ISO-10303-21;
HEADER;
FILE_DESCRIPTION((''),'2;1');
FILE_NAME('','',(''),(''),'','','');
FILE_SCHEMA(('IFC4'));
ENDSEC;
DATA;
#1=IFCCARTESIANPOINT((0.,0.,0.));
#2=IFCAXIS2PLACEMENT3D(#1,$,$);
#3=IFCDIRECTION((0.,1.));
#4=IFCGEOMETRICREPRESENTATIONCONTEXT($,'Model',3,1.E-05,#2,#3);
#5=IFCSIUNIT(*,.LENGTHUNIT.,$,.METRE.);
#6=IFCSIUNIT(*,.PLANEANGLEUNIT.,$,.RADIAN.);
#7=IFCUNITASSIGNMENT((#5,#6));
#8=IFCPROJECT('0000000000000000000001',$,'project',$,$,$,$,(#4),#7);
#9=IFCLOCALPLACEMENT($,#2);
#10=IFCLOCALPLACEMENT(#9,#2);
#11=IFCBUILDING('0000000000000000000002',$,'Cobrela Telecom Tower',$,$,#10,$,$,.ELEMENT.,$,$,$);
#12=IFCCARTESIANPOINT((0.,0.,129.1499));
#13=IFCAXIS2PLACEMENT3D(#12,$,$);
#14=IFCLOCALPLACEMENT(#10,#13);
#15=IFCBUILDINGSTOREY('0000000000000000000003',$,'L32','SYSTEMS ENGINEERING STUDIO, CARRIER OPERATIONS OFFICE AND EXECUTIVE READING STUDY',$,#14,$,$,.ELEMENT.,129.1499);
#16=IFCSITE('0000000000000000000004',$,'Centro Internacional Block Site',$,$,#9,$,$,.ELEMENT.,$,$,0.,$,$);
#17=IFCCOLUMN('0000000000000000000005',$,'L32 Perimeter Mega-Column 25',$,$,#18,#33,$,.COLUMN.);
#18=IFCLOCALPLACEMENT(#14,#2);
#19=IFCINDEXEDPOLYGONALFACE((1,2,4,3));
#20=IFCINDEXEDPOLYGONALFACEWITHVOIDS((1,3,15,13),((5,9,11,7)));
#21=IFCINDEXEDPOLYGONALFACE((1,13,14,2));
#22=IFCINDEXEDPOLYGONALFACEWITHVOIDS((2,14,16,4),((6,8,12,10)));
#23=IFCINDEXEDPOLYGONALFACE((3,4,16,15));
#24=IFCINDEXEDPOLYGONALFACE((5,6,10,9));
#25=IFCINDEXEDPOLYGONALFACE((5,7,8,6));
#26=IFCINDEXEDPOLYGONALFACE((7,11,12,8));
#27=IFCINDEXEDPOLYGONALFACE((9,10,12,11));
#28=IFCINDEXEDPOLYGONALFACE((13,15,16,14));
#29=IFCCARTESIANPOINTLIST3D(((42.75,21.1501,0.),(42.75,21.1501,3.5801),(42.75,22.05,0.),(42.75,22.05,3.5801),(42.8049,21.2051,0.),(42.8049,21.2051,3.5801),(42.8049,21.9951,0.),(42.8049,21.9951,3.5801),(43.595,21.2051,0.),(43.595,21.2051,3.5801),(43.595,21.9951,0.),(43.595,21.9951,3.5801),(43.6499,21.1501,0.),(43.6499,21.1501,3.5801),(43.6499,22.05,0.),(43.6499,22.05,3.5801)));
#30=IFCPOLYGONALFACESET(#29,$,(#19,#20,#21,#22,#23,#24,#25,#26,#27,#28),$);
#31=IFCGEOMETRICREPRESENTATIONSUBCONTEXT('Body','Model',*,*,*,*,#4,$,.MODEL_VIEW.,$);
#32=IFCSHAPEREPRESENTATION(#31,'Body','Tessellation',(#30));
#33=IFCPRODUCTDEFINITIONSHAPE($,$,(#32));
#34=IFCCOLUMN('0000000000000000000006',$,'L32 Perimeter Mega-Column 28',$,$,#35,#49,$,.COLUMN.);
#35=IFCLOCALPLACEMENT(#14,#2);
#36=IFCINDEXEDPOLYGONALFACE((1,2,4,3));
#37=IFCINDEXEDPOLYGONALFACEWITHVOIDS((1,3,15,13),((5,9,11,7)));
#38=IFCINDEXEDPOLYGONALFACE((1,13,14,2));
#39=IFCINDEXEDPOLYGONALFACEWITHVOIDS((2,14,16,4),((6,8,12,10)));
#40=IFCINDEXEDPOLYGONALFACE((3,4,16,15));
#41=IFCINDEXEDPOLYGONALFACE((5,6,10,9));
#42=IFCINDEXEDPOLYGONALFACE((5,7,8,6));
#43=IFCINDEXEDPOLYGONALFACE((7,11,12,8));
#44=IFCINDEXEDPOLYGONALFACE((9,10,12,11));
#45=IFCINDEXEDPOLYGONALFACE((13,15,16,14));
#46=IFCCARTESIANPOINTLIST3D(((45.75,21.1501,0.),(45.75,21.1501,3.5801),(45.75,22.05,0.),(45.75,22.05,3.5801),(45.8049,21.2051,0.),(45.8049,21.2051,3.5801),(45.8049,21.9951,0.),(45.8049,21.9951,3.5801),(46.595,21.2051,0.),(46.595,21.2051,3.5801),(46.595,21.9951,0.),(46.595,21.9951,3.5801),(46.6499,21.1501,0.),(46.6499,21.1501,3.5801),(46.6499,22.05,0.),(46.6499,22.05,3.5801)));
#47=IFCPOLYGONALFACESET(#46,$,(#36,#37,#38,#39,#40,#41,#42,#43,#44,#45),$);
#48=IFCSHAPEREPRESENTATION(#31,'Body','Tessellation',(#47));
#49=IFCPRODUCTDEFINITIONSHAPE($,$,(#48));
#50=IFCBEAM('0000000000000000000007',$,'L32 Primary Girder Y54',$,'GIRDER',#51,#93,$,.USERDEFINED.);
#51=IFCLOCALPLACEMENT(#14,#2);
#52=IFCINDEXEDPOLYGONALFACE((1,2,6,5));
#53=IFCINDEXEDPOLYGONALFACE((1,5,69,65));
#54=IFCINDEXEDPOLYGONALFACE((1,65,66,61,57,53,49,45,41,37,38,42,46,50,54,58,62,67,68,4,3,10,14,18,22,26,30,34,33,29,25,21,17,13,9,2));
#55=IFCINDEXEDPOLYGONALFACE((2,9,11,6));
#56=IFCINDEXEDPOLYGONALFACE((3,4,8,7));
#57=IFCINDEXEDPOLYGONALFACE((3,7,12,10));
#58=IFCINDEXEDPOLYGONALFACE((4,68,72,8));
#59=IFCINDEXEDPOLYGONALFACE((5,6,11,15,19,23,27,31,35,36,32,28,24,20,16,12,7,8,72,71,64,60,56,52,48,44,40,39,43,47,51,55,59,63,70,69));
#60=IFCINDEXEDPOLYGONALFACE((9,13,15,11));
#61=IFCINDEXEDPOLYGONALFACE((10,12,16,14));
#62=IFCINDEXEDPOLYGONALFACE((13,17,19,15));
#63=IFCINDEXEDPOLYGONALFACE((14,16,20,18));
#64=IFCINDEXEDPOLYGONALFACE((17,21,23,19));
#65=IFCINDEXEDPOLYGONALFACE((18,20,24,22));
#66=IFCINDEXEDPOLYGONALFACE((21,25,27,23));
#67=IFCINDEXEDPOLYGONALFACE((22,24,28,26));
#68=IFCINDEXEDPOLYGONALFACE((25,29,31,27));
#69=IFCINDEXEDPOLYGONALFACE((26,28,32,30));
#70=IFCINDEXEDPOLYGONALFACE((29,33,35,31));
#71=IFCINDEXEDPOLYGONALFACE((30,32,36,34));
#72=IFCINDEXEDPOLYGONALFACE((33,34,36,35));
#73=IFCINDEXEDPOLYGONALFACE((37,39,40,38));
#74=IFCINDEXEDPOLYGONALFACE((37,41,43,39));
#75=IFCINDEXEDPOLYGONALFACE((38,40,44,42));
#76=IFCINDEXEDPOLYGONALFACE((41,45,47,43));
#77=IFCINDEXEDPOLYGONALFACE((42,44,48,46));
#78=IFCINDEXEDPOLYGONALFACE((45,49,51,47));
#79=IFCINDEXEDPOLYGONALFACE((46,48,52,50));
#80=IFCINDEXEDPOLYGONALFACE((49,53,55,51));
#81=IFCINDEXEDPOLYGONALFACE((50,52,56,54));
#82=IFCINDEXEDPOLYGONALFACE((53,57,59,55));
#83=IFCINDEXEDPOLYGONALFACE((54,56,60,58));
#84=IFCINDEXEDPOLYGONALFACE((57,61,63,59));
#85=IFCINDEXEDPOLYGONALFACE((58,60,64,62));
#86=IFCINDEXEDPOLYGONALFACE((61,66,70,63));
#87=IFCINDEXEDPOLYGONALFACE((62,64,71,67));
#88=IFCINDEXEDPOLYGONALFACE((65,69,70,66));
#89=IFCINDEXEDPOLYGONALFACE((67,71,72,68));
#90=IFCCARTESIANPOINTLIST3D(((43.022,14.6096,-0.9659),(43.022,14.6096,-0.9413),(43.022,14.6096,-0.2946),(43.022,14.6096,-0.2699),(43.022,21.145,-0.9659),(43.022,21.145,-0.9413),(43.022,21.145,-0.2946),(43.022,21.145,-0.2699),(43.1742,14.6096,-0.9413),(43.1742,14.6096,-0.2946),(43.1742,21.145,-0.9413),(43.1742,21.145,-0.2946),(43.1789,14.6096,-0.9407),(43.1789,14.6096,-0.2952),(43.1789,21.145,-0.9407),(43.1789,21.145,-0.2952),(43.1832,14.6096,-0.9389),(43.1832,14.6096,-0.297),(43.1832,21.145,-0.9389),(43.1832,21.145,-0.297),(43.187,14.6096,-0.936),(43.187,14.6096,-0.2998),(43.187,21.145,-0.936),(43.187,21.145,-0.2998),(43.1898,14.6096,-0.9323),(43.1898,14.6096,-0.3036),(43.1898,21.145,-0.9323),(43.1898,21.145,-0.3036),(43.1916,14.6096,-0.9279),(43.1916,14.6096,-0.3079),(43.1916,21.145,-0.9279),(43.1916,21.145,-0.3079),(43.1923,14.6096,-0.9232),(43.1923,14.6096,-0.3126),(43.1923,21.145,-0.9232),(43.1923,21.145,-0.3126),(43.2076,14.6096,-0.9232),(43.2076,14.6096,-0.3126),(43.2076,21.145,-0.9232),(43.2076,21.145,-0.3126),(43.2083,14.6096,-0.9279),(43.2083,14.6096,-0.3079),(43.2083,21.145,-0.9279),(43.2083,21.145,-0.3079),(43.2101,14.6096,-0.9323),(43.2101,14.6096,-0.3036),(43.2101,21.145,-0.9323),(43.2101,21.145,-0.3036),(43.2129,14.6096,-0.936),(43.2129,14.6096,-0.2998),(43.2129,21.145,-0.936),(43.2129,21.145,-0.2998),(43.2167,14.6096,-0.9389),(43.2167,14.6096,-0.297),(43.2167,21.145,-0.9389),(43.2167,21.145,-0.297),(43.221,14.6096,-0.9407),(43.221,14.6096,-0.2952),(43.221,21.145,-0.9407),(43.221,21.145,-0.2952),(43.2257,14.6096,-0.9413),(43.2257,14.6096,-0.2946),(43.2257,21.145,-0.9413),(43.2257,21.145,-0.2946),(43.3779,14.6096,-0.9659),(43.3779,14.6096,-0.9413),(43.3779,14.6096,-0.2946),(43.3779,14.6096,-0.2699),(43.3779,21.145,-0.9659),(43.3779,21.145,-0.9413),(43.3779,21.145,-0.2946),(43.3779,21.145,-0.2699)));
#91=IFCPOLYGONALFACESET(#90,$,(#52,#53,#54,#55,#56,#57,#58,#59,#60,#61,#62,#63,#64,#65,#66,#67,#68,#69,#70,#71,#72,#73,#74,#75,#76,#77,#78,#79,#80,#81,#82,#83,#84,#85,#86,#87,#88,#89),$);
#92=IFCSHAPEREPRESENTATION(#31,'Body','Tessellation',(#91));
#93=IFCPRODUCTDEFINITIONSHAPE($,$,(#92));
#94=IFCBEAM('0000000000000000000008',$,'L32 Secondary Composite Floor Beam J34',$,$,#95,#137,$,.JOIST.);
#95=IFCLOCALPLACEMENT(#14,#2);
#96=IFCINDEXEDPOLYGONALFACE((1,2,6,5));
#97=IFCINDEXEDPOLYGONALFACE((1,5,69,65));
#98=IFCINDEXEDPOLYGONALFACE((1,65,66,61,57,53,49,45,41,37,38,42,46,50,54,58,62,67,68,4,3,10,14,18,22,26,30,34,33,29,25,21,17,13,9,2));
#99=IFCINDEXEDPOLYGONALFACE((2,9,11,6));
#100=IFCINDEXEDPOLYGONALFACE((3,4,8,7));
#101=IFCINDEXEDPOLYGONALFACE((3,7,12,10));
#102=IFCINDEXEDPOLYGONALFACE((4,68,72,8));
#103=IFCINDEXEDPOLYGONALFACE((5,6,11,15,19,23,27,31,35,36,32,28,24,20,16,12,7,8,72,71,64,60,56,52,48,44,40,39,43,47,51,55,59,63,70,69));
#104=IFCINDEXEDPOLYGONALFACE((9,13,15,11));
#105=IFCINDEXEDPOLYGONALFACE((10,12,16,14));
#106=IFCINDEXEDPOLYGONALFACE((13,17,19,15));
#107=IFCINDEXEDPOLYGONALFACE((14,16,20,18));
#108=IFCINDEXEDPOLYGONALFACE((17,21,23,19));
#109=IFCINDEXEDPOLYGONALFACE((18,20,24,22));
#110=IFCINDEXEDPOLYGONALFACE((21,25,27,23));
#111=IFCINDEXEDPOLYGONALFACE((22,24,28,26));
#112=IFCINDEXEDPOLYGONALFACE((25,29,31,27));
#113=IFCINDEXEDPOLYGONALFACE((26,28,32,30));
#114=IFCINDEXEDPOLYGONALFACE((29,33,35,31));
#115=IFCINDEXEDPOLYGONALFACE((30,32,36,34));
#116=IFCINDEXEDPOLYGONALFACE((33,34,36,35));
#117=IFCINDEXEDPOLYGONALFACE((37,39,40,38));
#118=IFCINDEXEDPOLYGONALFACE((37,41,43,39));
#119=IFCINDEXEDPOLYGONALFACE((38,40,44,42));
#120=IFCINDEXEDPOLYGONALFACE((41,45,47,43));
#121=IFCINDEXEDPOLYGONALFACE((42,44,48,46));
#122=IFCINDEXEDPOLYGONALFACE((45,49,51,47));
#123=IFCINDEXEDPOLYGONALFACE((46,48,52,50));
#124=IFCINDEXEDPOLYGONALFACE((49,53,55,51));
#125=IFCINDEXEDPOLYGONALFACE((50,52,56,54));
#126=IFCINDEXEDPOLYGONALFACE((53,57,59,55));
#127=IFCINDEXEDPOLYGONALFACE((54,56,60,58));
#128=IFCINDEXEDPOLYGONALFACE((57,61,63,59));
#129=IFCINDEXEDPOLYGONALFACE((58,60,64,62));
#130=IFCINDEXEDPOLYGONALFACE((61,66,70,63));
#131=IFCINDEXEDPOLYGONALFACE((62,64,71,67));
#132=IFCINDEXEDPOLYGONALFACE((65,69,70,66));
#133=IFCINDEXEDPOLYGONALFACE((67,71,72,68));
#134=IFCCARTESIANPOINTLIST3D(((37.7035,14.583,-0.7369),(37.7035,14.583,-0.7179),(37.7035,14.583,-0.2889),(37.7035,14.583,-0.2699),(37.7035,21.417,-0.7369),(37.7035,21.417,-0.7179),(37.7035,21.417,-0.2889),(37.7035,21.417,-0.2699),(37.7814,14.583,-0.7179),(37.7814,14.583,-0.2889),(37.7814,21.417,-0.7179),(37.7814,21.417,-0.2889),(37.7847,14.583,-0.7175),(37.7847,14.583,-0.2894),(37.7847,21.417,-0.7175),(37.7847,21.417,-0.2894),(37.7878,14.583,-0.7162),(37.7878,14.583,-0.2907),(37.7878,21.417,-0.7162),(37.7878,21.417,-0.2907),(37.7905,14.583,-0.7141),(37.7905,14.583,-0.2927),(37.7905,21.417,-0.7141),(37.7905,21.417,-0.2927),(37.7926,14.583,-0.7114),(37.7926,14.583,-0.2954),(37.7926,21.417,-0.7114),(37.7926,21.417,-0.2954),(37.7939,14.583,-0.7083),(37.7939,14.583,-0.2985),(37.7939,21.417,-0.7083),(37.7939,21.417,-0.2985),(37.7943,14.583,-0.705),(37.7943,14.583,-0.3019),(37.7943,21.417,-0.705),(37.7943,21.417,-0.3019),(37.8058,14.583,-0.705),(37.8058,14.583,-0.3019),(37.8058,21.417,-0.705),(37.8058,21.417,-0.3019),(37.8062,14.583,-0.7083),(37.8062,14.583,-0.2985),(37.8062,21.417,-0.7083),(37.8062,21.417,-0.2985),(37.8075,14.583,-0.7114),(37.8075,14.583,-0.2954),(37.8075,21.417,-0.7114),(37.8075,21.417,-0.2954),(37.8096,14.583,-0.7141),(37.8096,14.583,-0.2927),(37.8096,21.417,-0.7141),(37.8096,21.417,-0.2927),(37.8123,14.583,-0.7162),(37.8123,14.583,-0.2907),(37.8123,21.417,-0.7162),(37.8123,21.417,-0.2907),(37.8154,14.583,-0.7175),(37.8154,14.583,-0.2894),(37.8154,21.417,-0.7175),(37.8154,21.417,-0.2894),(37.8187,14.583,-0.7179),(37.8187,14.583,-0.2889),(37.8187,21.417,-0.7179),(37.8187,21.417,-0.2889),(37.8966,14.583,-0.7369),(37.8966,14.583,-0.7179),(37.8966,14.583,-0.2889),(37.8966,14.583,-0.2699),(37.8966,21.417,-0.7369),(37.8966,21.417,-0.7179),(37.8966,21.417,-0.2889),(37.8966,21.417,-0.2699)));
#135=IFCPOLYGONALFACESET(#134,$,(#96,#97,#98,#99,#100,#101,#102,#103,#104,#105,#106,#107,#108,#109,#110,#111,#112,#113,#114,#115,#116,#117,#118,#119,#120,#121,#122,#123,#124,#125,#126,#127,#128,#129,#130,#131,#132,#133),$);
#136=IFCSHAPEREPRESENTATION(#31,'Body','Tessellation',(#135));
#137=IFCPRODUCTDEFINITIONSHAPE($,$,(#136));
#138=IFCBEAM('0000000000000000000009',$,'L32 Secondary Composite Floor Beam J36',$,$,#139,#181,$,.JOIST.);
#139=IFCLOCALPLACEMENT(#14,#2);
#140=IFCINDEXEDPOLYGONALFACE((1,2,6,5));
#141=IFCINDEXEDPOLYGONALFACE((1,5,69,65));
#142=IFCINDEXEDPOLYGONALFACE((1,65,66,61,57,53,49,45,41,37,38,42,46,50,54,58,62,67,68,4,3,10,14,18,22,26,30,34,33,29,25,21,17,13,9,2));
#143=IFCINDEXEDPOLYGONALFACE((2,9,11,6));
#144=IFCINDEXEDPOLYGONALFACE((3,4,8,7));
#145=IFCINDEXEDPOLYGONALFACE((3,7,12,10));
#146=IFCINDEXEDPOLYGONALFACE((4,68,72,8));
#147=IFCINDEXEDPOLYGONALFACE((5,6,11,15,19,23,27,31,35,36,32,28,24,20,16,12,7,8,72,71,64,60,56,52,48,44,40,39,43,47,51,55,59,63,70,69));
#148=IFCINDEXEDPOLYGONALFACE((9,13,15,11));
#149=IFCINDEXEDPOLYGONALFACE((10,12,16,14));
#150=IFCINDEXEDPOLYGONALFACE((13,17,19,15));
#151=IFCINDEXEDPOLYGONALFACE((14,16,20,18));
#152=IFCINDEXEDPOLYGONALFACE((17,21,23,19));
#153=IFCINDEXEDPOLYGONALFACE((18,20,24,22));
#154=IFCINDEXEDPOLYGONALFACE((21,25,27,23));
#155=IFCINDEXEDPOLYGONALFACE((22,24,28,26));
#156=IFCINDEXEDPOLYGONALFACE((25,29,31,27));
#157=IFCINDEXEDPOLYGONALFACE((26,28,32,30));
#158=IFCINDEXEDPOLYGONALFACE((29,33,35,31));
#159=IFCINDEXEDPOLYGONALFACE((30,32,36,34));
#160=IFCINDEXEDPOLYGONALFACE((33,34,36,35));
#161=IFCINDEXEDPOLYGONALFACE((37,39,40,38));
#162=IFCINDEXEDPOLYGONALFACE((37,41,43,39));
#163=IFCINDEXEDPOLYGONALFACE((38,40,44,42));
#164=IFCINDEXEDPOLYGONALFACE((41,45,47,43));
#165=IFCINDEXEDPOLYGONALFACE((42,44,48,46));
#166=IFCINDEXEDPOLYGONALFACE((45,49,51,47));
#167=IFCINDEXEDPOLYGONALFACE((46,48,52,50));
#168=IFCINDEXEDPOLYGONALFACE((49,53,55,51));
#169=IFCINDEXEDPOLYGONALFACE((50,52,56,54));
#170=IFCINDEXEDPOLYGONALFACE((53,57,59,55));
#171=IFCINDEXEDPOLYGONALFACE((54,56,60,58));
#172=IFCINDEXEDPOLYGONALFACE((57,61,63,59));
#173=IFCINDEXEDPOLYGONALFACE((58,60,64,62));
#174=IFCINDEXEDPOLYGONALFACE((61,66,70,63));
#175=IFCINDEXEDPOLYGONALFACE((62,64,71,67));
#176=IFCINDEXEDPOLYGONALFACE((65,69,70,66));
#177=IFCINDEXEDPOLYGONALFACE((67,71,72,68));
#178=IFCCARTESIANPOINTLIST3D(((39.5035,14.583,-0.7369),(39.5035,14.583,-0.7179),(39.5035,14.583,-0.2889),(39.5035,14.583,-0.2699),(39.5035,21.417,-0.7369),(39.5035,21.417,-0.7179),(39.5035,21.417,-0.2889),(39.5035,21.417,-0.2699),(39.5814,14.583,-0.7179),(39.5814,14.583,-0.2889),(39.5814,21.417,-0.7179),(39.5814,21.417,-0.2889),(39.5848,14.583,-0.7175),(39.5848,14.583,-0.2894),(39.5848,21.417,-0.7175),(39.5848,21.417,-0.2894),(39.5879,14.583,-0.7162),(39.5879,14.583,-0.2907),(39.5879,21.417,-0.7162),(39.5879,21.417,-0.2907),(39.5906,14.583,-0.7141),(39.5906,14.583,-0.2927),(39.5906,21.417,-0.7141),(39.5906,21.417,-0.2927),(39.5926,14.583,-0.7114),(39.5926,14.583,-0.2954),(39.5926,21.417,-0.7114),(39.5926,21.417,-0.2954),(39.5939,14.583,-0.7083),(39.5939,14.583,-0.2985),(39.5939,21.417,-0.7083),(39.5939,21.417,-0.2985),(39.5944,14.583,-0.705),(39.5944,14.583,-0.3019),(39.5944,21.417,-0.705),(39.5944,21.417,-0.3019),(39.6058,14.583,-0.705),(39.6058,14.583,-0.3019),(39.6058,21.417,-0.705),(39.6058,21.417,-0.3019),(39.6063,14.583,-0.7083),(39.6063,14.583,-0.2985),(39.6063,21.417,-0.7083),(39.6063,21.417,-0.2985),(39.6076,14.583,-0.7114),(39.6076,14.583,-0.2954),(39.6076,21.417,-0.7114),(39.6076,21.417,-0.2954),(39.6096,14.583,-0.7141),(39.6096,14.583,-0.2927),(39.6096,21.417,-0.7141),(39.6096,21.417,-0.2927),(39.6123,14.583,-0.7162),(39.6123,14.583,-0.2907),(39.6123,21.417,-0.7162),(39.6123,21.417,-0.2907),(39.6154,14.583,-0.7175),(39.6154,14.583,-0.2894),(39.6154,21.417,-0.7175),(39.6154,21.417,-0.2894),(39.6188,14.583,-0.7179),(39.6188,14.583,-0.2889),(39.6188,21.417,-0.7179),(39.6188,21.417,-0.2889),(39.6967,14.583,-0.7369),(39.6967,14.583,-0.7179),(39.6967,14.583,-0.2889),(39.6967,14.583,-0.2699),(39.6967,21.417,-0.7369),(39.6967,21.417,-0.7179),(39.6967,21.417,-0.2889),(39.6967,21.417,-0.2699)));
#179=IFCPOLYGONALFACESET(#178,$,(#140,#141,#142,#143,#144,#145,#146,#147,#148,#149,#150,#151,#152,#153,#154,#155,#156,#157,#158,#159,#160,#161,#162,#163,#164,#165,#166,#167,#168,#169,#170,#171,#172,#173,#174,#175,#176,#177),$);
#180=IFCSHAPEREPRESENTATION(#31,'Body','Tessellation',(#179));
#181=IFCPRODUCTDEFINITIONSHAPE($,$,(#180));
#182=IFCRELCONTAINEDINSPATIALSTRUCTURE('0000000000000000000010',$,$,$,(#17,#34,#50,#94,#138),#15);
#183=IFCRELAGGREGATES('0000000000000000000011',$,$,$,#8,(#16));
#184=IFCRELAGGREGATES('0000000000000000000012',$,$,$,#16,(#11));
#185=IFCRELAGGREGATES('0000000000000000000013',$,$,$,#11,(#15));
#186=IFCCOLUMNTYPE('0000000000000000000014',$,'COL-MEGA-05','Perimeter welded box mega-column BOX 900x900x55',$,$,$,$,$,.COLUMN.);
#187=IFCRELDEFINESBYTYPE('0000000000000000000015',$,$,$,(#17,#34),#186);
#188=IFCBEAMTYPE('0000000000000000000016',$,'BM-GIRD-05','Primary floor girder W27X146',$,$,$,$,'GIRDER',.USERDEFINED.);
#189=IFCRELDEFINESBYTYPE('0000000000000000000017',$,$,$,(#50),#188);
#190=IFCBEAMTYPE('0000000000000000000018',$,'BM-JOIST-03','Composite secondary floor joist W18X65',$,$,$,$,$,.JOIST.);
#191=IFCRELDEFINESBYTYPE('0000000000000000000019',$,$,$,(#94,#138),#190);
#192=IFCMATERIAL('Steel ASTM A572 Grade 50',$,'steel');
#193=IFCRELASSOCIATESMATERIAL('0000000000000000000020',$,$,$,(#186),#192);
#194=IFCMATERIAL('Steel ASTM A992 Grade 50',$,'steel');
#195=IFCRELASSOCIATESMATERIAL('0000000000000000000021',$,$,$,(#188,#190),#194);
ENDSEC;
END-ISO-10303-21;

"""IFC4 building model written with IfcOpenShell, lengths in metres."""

from ifc_helpers import new_model, si_unit, direction, frame, origin, origin_2d, place, context, subcontext, project, spatial, hollow_rectangle, i_section, extrude, material, material_profile, profile_set, type_object, element, save


model = new_model("IFC4")

# Units and contexts
model_context = context("Model", 3, precision=1e-05, world=origin(), true_north=direction((0.0, 1.0)))
body_context = subcontext(model_context, "Body", "Model", "MODEL_VIEW")
ifc_project = project(units=[si_unit("LENGTHUNIT", "METRE"), si_unit("PLANEANGLEUNIT", "RADIAN")], contexts=[model_context])

# Site, building, storey
site_placement = place(None, origin())
site = spatial("IfcSite", under=ifc_project, at=site_placement, Name="Centro Internacional Block Site", CompositionType="ELEMENT", RefElevation=0.0)
building_placement = place(site_placement, origin())
building = spatial("IfcBuilding", under=site, at=building_placement, Name="Cobrela Telecom Tower", CompositionType="ELEMENT")
storey_placement = place(building_placement, frame((0.0, 0.0, 129.1499)))
storey = spatial("IfcBuildingStorey", under=building, at=storey_placement, Name="L32", Description="SYSTEMS ENGINEERING STUDIO, CARRIER OPERATIONS OFFICE AND EXECUTIVE READING STUDY", CompositionType="ELEMENT", Elevation=129.1499)

# Columns
ifc_material_1 = material(Name="Steel ASTM A572 Grade 50", Category="steel")
ifc_material_profile_1 = material_profile(ifc_material_1, hollow_rectangle(XDim=0.8999, YDim=0.8999, WallThickness=0.0549, at=origin_2d()), Name="BOX 900x900x55")
ifc_profile_set_1 = profile_set([ifc_material_profile_1], Name="Steel ASTM A572 Grade 50")
column_type = type_object("IfcColumnType", Name="COL-MEGA-05", Description="Perimeter welded box mega-column BOX 900x900x55", PredefinedType="COLUMN", material=ifc_profile_set_1)
for number, where, z_axis, x_axis, name in (
    (1, (43.2, 21.6001, 0.0), (0.0, 0.0, 1.0), (1.0, 0.0, 0.0), "L32 Perimeter Mega-Column 25"),
    (2, (46.2, 21.6001, 0.0), (0.0, 0.0, 1.0), (1.0, 0.0, 0.0), "L32 Perimeter Mega-Column 28"),
):
    element("IfcColumn", number, at=place(storey_placement, frame(where, z_axis=z_axis, x_axis=x_axis)), inside=storey, type_object=column_type, Name=name, PredefinedType="COLUMN", context=body_context, shape_type="SweptSolid", body=[
        extrude(hollow_rectangle(XDim=0.8999, YDim=0.8999, WallThickness=0.0549, at=origin_2d()), origin(), (0.0, 0.0, 1.0), 3.5801),
    ])

# Beams
ifc_material_2 = material(Name="Steel ASTM A992 Grade 50", Category="steel")
ifc_material_profile_2 = material_profile(ifc_material_2, i_section(OverallWidth=0.356, OverallDepth=0.696, WebThickness=0.0154, FlangeThickness=0.0247, FilletRadius=0.0181, at=origin_2d()), Name="W27X146")
ifc_profile_set_2 = profile_set([ifc_material_profile_2], Name="Steel ASTM A992 Grade 50")
beam_type_1 = type_object("IfcBeamType", Name="BM-GIRD-05", Description="Primary floor girder W27X146", ElementType="GIRDER", PredefinedType="USERDEFINED", material=ifc_profile_set_2)
beam_1_placement = place(storey_placement, frame((43.2, 14.6096, -0.6179), z_axis=(0.0, 1.0, 0.0), x_axis=(-1.0, 0.0, 0.0)))
element("IfcBeam", 3, at=beam_1_placement, inside=storey, type_object=beam_type_1, Name="L32 Primary Girder Y54", ObjectType="GIRDER", PredefinedType="USERDEFINED", context=body_context, shape_type="SweptSolid", body=[
    extrude(i_section(OverallWidth=0.356, OverallDepth=0.696, WebThickness=0.0154, FlangeThickness=0.0247, FilletRadius=0.0181, at=origin_2d()), origin(), (0.0, 0.0, 1.0), 6.5354),
])
ifc_material_profile_3 = material_profile(ifc_material_2, i_section(OverallWidth=0.1931, OverallDepth=0.467, WebThickness=0.0115, FlangeThickness=0.019, FilletRadius=0.0129, at=origin_2d()), Name="W18X65")
ifc_profile_set_3 = profile_set([ifc_material_profile_3], Name="Steel ASTM A992 Grade 50")
beam_type_2 = type_object("IfcBeamType", Name="BM-JOIST-03", Description="Composite secondary floor joist W18X65", PredefinedType="JOIST", material=ifc_profile_set_3)
for number, where, z_axis, x_axis, name in (
    (4, (37.8, 14.583, -0.5034), (0.0, 1.0, 0.0), (-1.0, 0.0, 0.0), "L32 Secondary Composite Floor Beam J34"),
    (5, (39.6001, 14.583, -0.5034), (0.0, 1.0, 0.0), (-1.0, 0.0, 0.0), "L32 Secondary Composite Floor Beam J36"),
):
    element("IfcBeam", number, at=place(storey_placement, frame(where, z_axis=z_axis, x_axis=x_axis)), inside=storey, type_object=beam_type_2, Name=name, PredefinedType="JOIST", context=body_context, shape_type="SweptSolid", body=[
        extrude(i_section(OverallWidth=0.1931, OverallDepth=0.467, WebThickness=0.0115, FlangeThickness=0.019, FilletRadius=0.0129, at=origin_2d()), origin(), (0.0, 0.0, 1.0), 6.834),
    ])

save(model, "model.ifc")
